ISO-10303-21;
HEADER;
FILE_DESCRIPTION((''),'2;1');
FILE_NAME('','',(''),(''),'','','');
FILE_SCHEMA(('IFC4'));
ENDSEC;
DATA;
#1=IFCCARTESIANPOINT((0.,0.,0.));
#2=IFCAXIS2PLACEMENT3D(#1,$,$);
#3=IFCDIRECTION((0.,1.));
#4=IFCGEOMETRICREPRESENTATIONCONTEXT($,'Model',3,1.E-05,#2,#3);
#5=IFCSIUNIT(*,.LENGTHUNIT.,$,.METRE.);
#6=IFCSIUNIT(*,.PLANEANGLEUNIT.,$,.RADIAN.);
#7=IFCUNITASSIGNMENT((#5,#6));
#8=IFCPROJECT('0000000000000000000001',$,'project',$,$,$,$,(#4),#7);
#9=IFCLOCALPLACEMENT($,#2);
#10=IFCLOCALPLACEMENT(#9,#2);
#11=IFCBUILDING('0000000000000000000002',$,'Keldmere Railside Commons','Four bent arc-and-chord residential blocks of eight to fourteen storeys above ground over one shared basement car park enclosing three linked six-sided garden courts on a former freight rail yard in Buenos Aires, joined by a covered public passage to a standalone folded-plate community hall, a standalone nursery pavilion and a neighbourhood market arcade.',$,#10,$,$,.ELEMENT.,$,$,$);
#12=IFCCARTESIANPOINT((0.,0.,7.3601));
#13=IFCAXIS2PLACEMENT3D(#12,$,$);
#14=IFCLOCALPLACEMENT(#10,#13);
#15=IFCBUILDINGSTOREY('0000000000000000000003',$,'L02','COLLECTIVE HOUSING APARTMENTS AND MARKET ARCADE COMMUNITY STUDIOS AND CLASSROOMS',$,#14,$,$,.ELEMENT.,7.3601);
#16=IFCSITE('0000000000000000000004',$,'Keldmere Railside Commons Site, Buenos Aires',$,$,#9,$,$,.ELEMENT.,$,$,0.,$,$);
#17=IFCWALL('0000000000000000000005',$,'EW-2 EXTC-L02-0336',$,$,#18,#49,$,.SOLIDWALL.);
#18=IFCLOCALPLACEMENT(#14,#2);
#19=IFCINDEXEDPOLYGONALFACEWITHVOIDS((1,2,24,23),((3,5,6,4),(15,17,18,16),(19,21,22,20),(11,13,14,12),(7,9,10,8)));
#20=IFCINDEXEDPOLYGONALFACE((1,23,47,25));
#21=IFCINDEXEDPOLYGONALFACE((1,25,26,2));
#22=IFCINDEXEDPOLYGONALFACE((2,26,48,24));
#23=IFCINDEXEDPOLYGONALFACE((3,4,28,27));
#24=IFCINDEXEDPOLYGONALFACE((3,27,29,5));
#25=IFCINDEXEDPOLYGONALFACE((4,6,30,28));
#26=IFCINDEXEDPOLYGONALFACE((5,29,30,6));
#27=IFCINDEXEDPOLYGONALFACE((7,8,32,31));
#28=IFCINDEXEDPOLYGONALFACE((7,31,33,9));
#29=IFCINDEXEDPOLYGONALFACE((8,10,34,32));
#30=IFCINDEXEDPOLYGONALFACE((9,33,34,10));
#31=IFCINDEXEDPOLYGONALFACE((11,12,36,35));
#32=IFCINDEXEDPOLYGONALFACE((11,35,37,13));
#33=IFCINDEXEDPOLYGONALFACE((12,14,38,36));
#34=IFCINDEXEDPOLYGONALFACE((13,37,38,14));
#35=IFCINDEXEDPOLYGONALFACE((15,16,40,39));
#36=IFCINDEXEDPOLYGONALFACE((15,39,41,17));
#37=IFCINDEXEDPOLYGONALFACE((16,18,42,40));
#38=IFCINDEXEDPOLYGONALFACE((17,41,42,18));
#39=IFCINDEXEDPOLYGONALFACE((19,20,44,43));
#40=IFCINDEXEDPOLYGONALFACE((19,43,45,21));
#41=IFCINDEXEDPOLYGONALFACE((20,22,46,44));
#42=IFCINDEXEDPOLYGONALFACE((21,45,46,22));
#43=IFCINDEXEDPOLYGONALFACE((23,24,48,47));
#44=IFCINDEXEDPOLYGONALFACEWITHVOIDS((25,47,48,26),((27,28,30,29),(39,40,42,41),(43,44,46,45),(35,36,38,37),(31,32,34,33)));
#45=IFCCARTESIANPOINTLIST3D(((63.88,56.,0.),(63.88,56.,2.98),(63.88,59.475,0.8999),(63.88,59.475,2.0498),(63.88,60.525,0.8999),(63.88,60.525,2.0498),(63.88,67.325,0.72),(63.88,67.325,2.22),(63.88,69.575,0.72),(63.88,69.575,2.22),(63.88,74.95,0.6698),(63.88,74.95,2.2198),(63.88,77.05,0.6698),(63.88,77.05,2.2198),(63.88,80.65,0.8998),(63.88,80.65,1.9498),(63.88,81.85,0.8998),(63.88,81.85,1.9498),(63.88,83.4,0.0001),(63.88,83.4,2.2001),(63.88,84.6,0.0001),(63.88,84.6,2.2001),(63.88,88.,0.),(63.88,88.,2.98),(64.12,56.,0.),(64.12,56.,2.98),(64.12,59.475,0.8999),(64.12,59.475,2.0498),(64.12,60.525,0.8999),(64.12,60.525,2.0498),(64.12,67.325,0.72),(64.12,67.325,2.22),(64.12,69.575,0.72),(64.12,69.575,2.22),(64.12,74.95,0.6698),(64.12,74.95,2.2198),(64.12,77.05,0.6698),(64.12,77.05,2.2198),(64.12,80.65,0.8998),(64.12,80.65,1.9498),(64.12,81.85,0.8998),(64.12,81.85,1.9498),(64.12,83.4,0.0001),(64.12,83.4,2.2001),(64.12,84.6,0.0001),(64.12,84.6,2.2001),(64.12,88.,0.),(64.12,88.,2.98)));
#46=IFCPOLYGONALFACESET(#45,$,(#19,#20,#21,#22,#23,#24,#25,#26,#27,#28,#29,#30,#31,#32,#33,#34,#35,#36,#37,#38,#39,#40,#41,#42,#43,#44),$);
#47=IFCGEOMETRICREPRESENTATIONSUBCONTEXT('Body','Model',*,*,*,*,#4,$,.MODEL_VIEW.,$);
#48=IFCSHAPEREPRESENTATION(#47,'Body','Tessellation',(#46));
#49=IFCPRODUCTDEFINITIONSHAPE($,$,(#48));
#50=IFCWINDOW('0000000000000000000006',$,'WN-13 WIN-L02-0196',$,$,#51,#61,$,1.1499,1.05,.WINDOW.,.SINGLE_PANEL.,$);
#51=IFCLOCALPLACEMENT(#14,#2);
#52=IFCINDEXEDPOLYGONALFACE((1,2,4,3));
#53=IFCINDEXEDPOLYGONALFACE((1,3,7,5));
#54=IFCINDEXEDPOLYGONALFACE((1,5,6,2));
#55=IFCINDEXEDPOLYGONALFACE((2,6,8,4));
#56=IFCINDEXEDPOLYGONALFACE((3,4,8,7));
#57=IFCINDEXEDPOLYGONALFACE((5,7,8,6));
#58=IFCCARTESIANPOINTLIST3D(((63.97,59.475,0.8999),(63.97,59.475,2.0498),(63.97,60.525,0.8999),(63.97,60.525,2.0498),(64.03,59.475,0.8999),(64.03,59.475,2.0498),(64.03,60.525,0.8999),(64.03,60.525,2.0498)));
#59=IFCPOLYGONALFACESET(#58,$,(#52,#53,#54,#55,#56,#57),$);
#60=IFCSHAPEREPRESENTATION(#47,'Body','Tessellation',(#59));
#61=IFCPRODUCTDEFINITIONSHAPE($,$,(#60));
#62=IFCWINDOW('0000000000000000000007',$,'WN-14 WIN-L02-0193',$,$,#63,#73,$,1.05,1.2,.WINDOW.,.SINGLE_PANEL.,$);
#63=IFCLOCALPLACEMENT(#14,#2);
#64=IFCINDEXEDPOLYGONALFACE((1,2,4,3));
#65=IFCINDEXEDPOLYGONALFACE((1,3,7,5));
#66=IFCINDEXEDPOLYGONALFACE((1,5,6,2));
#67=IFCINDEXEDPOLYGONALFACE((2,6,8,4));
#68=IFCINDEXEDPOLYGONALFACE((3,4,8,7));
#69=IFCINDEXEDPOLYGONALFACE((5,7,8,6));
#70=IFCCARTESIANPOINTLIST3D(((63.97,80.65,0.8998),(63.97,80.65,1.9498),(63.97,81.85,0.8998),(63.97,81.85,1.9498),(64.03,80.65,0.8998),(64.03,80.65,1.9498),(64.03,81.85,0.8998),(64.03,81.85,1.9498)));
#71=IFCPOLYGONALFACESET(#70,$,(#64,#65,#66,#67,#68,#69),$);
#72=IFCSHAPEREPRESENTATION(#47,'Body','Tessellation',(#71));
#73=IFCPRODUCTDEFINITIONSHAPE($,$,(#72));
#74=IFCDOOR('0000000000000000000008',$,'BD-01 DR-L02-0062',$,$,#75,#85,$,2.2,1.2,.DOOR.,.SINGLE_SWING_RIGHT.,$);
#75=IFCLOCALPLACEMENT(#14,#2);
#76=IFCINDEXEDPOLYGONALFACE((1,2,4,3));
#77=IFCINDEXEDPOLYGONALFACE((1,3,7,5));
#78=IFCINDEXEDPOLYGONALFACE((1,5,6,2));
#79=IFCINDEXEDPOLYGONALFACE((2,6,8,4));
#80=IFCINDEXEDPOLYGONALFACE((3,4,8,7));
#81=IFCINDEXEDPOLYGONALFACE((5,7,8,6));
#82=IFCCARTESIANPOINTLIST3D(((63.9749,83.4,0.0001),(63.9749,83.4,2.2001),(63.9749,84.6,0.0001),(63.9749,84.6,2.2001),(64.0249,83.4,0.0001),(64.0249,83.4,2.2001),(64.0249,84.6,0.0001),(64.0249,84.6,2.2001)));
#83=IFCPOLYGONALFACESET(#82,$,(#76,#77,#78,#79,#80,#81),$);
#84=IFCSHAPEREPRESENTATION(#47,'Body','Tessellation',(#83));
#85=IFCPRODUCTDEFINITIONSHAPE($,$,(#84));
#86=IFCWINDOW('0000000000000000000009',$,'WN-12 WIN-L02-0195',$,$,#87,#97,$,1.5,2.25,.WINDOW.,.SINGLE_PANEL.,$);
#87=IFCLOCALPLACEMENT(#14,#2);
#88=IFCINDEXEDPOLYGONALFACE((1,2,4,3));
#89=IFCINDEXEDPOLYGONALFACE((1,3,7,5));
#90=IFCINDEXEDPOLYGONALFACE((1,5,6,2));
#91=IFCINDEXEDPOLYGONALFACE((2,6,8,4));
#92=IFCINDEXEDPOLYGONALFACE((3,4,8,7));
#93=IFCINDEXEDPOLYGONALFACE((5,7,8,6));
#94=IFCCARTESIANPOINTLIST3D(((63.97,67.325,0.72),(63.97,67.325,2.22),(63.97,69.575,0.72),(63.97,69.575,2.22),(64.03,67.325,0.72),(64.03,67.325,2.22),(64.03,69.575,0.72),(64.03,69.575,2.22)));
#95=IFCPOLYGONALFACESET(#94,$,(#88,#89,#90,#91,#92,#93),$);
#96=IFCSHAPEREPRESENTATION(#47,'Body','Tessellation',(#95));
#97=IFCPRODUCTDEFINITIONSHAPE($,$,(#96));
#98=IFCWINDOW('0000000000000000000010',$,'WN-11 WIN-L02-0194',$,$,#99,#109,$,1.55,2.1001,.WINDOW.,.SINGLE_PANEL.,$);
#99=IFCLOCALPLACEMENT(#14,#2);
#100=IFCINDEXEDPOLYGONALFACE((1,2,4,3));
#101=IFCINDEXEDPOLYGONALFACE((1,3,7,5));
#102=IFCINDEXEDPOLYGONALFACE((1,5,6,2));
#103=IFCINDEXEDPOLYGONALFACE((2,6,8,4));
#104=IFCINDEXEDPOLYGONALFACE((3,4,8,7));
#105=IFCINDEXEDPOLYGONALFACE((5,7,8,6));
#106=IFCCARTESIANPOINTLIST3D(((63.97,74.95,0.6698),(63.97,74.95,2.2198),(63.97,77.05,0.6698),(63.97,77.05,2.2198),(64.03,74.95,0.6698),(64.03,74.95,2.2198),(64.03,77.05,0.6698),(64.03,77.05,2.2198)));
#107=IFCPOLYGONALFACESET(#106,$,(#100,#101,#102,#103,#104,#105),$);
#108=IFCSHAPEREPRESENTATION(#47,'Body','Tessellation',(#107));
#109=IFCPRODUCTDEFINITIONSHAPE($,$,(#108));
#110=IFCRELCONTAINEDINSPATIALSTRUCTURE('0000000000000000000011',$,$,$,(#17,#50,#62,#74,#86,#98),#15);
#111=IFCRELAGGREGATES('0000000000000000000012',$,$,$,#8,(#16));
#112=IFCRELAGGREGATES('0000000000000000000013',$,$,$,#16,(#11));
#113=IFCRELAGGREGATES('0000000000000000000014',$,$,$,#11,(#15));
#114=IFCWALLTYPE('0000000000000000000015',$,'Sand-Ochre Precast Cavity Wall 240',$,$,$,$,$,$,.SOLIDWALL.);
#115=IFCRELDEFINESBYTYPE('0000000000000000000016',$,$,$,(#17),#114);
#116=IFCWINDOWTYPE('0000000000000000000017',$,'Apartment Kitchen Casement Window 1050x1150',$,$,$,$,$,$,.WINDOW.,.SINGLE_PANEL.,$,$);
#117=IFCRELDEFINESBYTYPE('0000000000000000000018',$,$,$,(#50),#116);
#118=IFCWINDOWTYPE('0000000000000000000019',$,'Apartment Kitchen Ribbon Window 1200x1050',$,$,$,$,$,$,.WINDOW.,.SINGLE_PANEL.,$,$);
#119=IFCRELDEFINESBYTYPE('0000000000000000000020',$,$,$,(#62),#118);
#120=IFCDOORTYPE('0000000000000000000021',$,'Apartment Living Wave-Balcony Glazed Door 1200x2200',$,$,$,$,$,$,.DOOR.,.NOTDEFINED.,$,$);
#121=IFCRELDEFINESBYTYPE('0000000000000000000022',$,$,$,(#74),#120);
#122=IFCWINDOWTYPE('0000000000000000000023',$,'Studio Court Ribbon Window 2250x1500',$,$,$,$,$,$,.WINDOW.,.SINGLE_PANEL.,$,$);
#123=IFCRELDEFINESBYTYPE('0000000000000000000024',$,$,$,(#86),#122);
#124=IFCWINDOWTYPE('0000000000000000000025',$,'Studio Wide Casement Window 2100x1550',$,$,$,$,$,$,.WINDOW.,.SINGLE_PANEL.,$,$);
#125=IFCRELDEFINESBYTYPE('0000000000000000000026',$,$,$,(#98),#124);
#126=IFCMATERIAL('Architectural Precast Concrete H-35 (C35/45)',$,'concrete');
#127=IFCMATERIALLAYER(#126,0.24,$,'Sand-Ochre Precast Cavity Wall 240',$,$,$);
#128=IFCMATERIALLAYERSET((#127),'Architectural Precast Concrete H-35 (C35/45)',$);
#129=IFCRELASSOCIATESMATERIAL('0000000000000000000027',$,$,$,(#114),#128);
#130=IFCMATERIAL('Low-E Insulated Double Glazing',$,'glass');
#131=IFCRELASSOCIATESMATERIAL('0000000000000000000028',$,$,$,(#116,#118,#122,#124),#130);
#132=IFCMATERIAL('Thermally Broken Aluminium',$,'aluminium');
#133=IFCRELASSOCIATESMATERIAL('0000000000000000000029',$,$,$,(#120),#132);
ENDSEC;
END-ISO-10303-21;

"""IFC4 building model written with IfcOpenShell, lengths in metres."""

from ifc_helpers import new_model, si_unit, direction, frame, frame_2d, origin, place, context, subcontext, project, spatial, rectangle, extrude, material, layer, layer_set, type_object, element, fill, save


model = new_model("IFC4")

# Units and contexts
model_context = context("Model", 3, precision=1e-05, world=origin(), true_north=direction((0.0, 1.0)))
body_context = subcontext(model_context, "Body", "Model", "MODEL_VIEW")
ifc_project = project(units=[si_unit("LENGTHUNIT", "METRE"), si_unit("PLANEANGLEUNIT", "RADIAN")], contexts=[model_context])

# Site, building, storey
site_placement = place(None, origin())
site = spatial("IfcSite", under=ifc_project, at=site_placement, Name="Keldmere Railside Commons Site, Buenos Aires", CompositionType="ELEMENT", RefElevation=0.0)
building_placement = place(site_placement, origin())
building = spatial("IfcBuilding", under=site, at=building_placement, Name="Keldmere Railside Commons", Description="Four bent arc-and-chord residential blocks of eight to fourteen storeys above ground over one shared basement car park enclosing three linked six-sided garden courts on a former freight rail yard in Buenos Aires, joined by a covered public passage to a standalone folded-plate community hall, a standalone nursery pavilion and a neighbourhood market arcade.", CompositionType="ELEMENT")
storey_placement = place(building_placement, frame((0.0, 0.0, 7.3601)))
storey = spatial("IfcBuildingStorey", under=building, at=storey_placement, Name="L02", Description="COLLECTIVE HOUSING APARTMENTS AND MARKET ARCADE COMMUNITY STUDIOS AND CLASSROOMS", CompositionType="ELEMENT", Elevation=7.3601)

# Shared definitions
ifc_material_1 = material(Name="Thermally Broken Aluminium", Category="aluminium")

# Wall, openings, windows, door
ifc_material_2 = material(Name="Architectural Precast Concrete H-35 (C35/45)", Category="concrete")
ifc_layer_1 = layer(ifc_material_2, 0.24, Name="Sand-Ochre Precast Cavity Wall 240")
ifc_layer_set_1 = layer_set([ifc_layer_1], Name="Architectural Precast Concrete H-35 (C35/45)")
wall_type_1 = type_object("IfcWallType", Name="Sand-Ochre Precast Cavity Wall 240", PredefinedType="SOLIDWALL", material=ifc_layer_set_1)
wall_1_placement = place(storey_placement, frame((64.0, 88.0, 0.0), z_axis=(0.0, 0.0, 1.0), x_axis=(0.0, -1.0, 0.0)))
wall_1 = element("IfcWall", 1, at=wall_1_placement, inside=storey, type_object=wall_type_1, Name="EW-2 EXTC-L02-0336", PredefinedType="SOLIDWALL", context=body_context, shape_type="SweptSolid", body=[
    extrude(rectangle(XDim=32.0, YDim=0.24, at=frame_2d((16.0, 0.0))), origin(), (0.0, 0.0, 1.0), 2.98),
])
opening_1_placement = place(wall_1_placement, frame((3.3999, 0.0, 0.0)))
opening_1 = element("IfcOpeningElement", 2, at=opening_1_placement, cuts=wall_1, PredefinedType="OPENING", context=body_context, shape_type="SweptSolid", body=[
    extrude(rectangle(XDim=1.2, YDim=2.2, at=frame_2d((0.6001, 1.1001))), frame((0.0, 0.1299, 0.0), z_axis=(0.0, -1.0, 0.0), x_axis=(1.0, 0.0, 0.0)), (0.0, 0.0, 1.0), 0.26),
])
opening_2_placement = place(wall_1_placement, frame((6.1499, 0.0, 0.8999)))
opening_2 = element("IfcOpeningElement", 3, at=opening_2_placement, cuts=wall_1, PredefinedType="OPENING", context=body_context, shape_type="SweptSolid", body=[
    extrude(rectangle(XDim=1.2, YDim=1.05, at=frame_2d((0.6001, 0.5249))), frame((0.0, 0.1299, 0.0), z_axis=(0.0, -1.0, 0.0), x_axis=(1.0, 0.0, 0.0)), (0.0, 0.0, 1.0), 0.26),
])
opening_3_placement = place(wall_1_placement, frame((10.95, 0.0, 0.6699)))
opening_3 = element("IfcOpeningElement", 4, at=opening_3_placement, cuts=wall_1, PredefinedType="OPENING", context=body_context, shape_type="SweptSolid", body=[
    extrude(rectangle(XDim=2.1001, YDim=1.55, at=frame_2d((1.05, 0.7749))), frame((0.0, 0.1299, 0.0), z_axis=(0.0, -1.0, 0.0), x_axis=(1.0, 0.0, 0.0)), (0.0, 0.0, 1.0), 0.26),
])
opening_4_placement = place(wall_1_placement, frame((18.425, 0.0, 0.72)))
opening_4 = element("IfcOpeningElement", 5, at=opening_4_placement, cuts=wall_1, PredefinedType="OPENING", context=body_context, shape_type="SweptSolid", body=[
    extrude(rectangle(XDim=2.25, YDim=1.5, at=frame_2d((1.125, 0.75))), frame((0.0, 0.1299, 0.0), z_axis=(0.0, -1.0, 0.0), x_axis=(1.0, 0.0, 0.0)), (0.0, 0.0, 1.0), 0.26),
])
opening_5_placement = place(wall_1_placement, frame((27.4751, 0.0, 0.8999)))
opening_5 = element("IfcOpeningElement", 6, at=opening_5_placement, cuts=wall_1, PredefinedType="OPENING", context=body_context, shape_type="SweptSolid", body=[
    extrude(rectangle(XDim=1.05, YDim=1.1499, at=frame_2d((0.5249, 0.575))), frame((0.0, 0.1299, 0.0), z_axis=(0.0, -1.0, 0.0), x_axis=(1.0, 0.0, 0.0)), (0.0, 0.0, 1.0), 0.26),
])
ifc_material_3 = material(Name="Low-E Insulated Double Glazing", Category="glass")
window_type_1 = type_object("IfcWindowType", Name="Apartment Kitchen Casement Window 1050x1150", PartitioningType="SINGLE_PANEL", PredefinedType="WINDOW", material=ifc_material_3)
window_1_placement = place(opening_5_placement, origin())
window_1 = element("IfcWindow", 7, at=window_1_placement, inside=storey, type_object=window_type_1, Name="WN-13 WIN-L02-0196", OverallHeight=1.1499, OverallWidth=1.05, PartitioningType="SINGLE_PANEL", PredefinedType="WINDOW", context=body_context, shape_type="SweptSolid", body=[
    extrude(rectangle(XDim=1.05, YDim=1.1499, at=frame_2d((0.5249, 0.575))), frame((0.0, 0.03, 0.0), z_axis=(0.0, -1.0, 0.0), x_axis=(1.0, 0.0, 0.0)), (0.0, 0.0, 1.0), 0.0601),
])
fill(opening_5, window_1)
window_type_2 = type_object("IfcWindowType", Name="Apartment Kitchen Ribbon Window 1200x1050", PartitioningType="SINGLE_PANEL", PredefinedType="WINDOW", material=ifc_material_3)
window_2_placement = place(opening_2_placement, origin())
window_2 = element("IfcWindow", 8, at=window_2_placement, inside=storey, type_object=window_type_2, Name="WN-14 WIN-L02-0193", OverallHeight=1.05, OverallWidth=1.2, PartitioningType="SINGLE_PANEL", PredefinedType="WINDOW", context=body_context, shape_type="SweptSolid", body=[
    extrude(rectangle(XDim=1.2, YDim=1.05, at=frame_2d((0.6001, 0.5249))), frame((0.0, 0.03, 0.0), z_axis=(0.0, -1.0, 0.0), x_axis=(1.0, 0.0, 0.0)), (0.0, 0.0, 1.0), 0.0601),
])
fill(opening_2, window_2)
door_type_1 = type_object("IfcDoorType", Name="Apartment Living Wave-Balcony Glazed Door 1200x2200", OperationType="NOTDEFINED", PredefinedType="DOOR", material=ifc_material_1)
door_1_placement = place(opening_1_placement, origin())
door_1 = element("IfcDoor", 9, at=door_1_placement, inside=storey, type_object=door_type_1, Name="BD-01 DR-L02-0062", OperationType="SINGLE_SWING_RIGHT", OverallHeight=2.2, OverallWidth=1.2, PredefinedType="DOOR", context=body_context, shape_type="SweptSolid", body=[
    extrude(rectangle(XDim=1.2, YDim=2.2, at=frame_2d((0.6001, 1.1001))), frame((0.0, 0.0249, 0.0), z_axis=(0.0, -1.0, 0.0), x_axis=(1.0, 0.0, 0.0)), (0.0, 0.0, 1.0), 0.05),
])
fill(opening_1, door_1)
window_type_3 = type_object("IfcWindowType", Name="Studio Court Ribbon Window 2250x1500", PartitioningType="SINGLE_PANEL", PredefinedType="WINDOW", material=ifc_material_3)
window_3_placement = place(opening_4_placement, origin())
window_3 = element("IfcWindow", 10, at=window_3_placement, inside=storey, type_object=window_type_3, Name="WN-12 WIN-L02-0195", OverallHeight=1.5, OverallWidth=2.25, PartitioningType="SINGLE_PANEL", PredefinedType="WINDOW", context=body_context, shape_type="SweptSolid", body=[
    extrude(rectangle(XDim=2.25, YDim=1.5, at=frame_2d((1.125, 0.75))), frame((0.0, 0.03, 0.0), z_axis=(0.0, -1.0, 0.0), x_axis=(1.0, 0.0, 0.0)), (0.0, 0.0, 1.0), 0.0601),
])
fill(opening_4, window_3)
window_type_4 = type_object("IfcWindowType", Name="Studio Wide Casement Window 2100x1550", PartitioningType="SINGLE_PANEL", PredefinedType="WINDOW", material=ifc_material_3)
window_4_placement = place(opening_3_placement, origin())
window_4 = element("IfcWindow", 11, at=window_4_placement, inside=storey, type_object=window_type_4, Name="WN-11 WIN-L02-0194", OverallHeight=1.55, OverallWidth=2.1001, PartitioningType="SINGLE_PANEL", PredefinedType="WINDOW", context=body_context, shape_type="SweptSolid", body=[
    extrude(rectangle(XDim=2.1001, YDim=1.55, at=frame_2d((1.05, 0.7749))), frame((0.0, 0.03, 0.0), z_axis=(0.0, -1.0, 0.0), x_axis=(1.0, 0.0, 0.0)), (0.0, 0.0, 1.0), 0.0601),
])
fill(opening_3, window_4)

save(model, "model.ifc")
